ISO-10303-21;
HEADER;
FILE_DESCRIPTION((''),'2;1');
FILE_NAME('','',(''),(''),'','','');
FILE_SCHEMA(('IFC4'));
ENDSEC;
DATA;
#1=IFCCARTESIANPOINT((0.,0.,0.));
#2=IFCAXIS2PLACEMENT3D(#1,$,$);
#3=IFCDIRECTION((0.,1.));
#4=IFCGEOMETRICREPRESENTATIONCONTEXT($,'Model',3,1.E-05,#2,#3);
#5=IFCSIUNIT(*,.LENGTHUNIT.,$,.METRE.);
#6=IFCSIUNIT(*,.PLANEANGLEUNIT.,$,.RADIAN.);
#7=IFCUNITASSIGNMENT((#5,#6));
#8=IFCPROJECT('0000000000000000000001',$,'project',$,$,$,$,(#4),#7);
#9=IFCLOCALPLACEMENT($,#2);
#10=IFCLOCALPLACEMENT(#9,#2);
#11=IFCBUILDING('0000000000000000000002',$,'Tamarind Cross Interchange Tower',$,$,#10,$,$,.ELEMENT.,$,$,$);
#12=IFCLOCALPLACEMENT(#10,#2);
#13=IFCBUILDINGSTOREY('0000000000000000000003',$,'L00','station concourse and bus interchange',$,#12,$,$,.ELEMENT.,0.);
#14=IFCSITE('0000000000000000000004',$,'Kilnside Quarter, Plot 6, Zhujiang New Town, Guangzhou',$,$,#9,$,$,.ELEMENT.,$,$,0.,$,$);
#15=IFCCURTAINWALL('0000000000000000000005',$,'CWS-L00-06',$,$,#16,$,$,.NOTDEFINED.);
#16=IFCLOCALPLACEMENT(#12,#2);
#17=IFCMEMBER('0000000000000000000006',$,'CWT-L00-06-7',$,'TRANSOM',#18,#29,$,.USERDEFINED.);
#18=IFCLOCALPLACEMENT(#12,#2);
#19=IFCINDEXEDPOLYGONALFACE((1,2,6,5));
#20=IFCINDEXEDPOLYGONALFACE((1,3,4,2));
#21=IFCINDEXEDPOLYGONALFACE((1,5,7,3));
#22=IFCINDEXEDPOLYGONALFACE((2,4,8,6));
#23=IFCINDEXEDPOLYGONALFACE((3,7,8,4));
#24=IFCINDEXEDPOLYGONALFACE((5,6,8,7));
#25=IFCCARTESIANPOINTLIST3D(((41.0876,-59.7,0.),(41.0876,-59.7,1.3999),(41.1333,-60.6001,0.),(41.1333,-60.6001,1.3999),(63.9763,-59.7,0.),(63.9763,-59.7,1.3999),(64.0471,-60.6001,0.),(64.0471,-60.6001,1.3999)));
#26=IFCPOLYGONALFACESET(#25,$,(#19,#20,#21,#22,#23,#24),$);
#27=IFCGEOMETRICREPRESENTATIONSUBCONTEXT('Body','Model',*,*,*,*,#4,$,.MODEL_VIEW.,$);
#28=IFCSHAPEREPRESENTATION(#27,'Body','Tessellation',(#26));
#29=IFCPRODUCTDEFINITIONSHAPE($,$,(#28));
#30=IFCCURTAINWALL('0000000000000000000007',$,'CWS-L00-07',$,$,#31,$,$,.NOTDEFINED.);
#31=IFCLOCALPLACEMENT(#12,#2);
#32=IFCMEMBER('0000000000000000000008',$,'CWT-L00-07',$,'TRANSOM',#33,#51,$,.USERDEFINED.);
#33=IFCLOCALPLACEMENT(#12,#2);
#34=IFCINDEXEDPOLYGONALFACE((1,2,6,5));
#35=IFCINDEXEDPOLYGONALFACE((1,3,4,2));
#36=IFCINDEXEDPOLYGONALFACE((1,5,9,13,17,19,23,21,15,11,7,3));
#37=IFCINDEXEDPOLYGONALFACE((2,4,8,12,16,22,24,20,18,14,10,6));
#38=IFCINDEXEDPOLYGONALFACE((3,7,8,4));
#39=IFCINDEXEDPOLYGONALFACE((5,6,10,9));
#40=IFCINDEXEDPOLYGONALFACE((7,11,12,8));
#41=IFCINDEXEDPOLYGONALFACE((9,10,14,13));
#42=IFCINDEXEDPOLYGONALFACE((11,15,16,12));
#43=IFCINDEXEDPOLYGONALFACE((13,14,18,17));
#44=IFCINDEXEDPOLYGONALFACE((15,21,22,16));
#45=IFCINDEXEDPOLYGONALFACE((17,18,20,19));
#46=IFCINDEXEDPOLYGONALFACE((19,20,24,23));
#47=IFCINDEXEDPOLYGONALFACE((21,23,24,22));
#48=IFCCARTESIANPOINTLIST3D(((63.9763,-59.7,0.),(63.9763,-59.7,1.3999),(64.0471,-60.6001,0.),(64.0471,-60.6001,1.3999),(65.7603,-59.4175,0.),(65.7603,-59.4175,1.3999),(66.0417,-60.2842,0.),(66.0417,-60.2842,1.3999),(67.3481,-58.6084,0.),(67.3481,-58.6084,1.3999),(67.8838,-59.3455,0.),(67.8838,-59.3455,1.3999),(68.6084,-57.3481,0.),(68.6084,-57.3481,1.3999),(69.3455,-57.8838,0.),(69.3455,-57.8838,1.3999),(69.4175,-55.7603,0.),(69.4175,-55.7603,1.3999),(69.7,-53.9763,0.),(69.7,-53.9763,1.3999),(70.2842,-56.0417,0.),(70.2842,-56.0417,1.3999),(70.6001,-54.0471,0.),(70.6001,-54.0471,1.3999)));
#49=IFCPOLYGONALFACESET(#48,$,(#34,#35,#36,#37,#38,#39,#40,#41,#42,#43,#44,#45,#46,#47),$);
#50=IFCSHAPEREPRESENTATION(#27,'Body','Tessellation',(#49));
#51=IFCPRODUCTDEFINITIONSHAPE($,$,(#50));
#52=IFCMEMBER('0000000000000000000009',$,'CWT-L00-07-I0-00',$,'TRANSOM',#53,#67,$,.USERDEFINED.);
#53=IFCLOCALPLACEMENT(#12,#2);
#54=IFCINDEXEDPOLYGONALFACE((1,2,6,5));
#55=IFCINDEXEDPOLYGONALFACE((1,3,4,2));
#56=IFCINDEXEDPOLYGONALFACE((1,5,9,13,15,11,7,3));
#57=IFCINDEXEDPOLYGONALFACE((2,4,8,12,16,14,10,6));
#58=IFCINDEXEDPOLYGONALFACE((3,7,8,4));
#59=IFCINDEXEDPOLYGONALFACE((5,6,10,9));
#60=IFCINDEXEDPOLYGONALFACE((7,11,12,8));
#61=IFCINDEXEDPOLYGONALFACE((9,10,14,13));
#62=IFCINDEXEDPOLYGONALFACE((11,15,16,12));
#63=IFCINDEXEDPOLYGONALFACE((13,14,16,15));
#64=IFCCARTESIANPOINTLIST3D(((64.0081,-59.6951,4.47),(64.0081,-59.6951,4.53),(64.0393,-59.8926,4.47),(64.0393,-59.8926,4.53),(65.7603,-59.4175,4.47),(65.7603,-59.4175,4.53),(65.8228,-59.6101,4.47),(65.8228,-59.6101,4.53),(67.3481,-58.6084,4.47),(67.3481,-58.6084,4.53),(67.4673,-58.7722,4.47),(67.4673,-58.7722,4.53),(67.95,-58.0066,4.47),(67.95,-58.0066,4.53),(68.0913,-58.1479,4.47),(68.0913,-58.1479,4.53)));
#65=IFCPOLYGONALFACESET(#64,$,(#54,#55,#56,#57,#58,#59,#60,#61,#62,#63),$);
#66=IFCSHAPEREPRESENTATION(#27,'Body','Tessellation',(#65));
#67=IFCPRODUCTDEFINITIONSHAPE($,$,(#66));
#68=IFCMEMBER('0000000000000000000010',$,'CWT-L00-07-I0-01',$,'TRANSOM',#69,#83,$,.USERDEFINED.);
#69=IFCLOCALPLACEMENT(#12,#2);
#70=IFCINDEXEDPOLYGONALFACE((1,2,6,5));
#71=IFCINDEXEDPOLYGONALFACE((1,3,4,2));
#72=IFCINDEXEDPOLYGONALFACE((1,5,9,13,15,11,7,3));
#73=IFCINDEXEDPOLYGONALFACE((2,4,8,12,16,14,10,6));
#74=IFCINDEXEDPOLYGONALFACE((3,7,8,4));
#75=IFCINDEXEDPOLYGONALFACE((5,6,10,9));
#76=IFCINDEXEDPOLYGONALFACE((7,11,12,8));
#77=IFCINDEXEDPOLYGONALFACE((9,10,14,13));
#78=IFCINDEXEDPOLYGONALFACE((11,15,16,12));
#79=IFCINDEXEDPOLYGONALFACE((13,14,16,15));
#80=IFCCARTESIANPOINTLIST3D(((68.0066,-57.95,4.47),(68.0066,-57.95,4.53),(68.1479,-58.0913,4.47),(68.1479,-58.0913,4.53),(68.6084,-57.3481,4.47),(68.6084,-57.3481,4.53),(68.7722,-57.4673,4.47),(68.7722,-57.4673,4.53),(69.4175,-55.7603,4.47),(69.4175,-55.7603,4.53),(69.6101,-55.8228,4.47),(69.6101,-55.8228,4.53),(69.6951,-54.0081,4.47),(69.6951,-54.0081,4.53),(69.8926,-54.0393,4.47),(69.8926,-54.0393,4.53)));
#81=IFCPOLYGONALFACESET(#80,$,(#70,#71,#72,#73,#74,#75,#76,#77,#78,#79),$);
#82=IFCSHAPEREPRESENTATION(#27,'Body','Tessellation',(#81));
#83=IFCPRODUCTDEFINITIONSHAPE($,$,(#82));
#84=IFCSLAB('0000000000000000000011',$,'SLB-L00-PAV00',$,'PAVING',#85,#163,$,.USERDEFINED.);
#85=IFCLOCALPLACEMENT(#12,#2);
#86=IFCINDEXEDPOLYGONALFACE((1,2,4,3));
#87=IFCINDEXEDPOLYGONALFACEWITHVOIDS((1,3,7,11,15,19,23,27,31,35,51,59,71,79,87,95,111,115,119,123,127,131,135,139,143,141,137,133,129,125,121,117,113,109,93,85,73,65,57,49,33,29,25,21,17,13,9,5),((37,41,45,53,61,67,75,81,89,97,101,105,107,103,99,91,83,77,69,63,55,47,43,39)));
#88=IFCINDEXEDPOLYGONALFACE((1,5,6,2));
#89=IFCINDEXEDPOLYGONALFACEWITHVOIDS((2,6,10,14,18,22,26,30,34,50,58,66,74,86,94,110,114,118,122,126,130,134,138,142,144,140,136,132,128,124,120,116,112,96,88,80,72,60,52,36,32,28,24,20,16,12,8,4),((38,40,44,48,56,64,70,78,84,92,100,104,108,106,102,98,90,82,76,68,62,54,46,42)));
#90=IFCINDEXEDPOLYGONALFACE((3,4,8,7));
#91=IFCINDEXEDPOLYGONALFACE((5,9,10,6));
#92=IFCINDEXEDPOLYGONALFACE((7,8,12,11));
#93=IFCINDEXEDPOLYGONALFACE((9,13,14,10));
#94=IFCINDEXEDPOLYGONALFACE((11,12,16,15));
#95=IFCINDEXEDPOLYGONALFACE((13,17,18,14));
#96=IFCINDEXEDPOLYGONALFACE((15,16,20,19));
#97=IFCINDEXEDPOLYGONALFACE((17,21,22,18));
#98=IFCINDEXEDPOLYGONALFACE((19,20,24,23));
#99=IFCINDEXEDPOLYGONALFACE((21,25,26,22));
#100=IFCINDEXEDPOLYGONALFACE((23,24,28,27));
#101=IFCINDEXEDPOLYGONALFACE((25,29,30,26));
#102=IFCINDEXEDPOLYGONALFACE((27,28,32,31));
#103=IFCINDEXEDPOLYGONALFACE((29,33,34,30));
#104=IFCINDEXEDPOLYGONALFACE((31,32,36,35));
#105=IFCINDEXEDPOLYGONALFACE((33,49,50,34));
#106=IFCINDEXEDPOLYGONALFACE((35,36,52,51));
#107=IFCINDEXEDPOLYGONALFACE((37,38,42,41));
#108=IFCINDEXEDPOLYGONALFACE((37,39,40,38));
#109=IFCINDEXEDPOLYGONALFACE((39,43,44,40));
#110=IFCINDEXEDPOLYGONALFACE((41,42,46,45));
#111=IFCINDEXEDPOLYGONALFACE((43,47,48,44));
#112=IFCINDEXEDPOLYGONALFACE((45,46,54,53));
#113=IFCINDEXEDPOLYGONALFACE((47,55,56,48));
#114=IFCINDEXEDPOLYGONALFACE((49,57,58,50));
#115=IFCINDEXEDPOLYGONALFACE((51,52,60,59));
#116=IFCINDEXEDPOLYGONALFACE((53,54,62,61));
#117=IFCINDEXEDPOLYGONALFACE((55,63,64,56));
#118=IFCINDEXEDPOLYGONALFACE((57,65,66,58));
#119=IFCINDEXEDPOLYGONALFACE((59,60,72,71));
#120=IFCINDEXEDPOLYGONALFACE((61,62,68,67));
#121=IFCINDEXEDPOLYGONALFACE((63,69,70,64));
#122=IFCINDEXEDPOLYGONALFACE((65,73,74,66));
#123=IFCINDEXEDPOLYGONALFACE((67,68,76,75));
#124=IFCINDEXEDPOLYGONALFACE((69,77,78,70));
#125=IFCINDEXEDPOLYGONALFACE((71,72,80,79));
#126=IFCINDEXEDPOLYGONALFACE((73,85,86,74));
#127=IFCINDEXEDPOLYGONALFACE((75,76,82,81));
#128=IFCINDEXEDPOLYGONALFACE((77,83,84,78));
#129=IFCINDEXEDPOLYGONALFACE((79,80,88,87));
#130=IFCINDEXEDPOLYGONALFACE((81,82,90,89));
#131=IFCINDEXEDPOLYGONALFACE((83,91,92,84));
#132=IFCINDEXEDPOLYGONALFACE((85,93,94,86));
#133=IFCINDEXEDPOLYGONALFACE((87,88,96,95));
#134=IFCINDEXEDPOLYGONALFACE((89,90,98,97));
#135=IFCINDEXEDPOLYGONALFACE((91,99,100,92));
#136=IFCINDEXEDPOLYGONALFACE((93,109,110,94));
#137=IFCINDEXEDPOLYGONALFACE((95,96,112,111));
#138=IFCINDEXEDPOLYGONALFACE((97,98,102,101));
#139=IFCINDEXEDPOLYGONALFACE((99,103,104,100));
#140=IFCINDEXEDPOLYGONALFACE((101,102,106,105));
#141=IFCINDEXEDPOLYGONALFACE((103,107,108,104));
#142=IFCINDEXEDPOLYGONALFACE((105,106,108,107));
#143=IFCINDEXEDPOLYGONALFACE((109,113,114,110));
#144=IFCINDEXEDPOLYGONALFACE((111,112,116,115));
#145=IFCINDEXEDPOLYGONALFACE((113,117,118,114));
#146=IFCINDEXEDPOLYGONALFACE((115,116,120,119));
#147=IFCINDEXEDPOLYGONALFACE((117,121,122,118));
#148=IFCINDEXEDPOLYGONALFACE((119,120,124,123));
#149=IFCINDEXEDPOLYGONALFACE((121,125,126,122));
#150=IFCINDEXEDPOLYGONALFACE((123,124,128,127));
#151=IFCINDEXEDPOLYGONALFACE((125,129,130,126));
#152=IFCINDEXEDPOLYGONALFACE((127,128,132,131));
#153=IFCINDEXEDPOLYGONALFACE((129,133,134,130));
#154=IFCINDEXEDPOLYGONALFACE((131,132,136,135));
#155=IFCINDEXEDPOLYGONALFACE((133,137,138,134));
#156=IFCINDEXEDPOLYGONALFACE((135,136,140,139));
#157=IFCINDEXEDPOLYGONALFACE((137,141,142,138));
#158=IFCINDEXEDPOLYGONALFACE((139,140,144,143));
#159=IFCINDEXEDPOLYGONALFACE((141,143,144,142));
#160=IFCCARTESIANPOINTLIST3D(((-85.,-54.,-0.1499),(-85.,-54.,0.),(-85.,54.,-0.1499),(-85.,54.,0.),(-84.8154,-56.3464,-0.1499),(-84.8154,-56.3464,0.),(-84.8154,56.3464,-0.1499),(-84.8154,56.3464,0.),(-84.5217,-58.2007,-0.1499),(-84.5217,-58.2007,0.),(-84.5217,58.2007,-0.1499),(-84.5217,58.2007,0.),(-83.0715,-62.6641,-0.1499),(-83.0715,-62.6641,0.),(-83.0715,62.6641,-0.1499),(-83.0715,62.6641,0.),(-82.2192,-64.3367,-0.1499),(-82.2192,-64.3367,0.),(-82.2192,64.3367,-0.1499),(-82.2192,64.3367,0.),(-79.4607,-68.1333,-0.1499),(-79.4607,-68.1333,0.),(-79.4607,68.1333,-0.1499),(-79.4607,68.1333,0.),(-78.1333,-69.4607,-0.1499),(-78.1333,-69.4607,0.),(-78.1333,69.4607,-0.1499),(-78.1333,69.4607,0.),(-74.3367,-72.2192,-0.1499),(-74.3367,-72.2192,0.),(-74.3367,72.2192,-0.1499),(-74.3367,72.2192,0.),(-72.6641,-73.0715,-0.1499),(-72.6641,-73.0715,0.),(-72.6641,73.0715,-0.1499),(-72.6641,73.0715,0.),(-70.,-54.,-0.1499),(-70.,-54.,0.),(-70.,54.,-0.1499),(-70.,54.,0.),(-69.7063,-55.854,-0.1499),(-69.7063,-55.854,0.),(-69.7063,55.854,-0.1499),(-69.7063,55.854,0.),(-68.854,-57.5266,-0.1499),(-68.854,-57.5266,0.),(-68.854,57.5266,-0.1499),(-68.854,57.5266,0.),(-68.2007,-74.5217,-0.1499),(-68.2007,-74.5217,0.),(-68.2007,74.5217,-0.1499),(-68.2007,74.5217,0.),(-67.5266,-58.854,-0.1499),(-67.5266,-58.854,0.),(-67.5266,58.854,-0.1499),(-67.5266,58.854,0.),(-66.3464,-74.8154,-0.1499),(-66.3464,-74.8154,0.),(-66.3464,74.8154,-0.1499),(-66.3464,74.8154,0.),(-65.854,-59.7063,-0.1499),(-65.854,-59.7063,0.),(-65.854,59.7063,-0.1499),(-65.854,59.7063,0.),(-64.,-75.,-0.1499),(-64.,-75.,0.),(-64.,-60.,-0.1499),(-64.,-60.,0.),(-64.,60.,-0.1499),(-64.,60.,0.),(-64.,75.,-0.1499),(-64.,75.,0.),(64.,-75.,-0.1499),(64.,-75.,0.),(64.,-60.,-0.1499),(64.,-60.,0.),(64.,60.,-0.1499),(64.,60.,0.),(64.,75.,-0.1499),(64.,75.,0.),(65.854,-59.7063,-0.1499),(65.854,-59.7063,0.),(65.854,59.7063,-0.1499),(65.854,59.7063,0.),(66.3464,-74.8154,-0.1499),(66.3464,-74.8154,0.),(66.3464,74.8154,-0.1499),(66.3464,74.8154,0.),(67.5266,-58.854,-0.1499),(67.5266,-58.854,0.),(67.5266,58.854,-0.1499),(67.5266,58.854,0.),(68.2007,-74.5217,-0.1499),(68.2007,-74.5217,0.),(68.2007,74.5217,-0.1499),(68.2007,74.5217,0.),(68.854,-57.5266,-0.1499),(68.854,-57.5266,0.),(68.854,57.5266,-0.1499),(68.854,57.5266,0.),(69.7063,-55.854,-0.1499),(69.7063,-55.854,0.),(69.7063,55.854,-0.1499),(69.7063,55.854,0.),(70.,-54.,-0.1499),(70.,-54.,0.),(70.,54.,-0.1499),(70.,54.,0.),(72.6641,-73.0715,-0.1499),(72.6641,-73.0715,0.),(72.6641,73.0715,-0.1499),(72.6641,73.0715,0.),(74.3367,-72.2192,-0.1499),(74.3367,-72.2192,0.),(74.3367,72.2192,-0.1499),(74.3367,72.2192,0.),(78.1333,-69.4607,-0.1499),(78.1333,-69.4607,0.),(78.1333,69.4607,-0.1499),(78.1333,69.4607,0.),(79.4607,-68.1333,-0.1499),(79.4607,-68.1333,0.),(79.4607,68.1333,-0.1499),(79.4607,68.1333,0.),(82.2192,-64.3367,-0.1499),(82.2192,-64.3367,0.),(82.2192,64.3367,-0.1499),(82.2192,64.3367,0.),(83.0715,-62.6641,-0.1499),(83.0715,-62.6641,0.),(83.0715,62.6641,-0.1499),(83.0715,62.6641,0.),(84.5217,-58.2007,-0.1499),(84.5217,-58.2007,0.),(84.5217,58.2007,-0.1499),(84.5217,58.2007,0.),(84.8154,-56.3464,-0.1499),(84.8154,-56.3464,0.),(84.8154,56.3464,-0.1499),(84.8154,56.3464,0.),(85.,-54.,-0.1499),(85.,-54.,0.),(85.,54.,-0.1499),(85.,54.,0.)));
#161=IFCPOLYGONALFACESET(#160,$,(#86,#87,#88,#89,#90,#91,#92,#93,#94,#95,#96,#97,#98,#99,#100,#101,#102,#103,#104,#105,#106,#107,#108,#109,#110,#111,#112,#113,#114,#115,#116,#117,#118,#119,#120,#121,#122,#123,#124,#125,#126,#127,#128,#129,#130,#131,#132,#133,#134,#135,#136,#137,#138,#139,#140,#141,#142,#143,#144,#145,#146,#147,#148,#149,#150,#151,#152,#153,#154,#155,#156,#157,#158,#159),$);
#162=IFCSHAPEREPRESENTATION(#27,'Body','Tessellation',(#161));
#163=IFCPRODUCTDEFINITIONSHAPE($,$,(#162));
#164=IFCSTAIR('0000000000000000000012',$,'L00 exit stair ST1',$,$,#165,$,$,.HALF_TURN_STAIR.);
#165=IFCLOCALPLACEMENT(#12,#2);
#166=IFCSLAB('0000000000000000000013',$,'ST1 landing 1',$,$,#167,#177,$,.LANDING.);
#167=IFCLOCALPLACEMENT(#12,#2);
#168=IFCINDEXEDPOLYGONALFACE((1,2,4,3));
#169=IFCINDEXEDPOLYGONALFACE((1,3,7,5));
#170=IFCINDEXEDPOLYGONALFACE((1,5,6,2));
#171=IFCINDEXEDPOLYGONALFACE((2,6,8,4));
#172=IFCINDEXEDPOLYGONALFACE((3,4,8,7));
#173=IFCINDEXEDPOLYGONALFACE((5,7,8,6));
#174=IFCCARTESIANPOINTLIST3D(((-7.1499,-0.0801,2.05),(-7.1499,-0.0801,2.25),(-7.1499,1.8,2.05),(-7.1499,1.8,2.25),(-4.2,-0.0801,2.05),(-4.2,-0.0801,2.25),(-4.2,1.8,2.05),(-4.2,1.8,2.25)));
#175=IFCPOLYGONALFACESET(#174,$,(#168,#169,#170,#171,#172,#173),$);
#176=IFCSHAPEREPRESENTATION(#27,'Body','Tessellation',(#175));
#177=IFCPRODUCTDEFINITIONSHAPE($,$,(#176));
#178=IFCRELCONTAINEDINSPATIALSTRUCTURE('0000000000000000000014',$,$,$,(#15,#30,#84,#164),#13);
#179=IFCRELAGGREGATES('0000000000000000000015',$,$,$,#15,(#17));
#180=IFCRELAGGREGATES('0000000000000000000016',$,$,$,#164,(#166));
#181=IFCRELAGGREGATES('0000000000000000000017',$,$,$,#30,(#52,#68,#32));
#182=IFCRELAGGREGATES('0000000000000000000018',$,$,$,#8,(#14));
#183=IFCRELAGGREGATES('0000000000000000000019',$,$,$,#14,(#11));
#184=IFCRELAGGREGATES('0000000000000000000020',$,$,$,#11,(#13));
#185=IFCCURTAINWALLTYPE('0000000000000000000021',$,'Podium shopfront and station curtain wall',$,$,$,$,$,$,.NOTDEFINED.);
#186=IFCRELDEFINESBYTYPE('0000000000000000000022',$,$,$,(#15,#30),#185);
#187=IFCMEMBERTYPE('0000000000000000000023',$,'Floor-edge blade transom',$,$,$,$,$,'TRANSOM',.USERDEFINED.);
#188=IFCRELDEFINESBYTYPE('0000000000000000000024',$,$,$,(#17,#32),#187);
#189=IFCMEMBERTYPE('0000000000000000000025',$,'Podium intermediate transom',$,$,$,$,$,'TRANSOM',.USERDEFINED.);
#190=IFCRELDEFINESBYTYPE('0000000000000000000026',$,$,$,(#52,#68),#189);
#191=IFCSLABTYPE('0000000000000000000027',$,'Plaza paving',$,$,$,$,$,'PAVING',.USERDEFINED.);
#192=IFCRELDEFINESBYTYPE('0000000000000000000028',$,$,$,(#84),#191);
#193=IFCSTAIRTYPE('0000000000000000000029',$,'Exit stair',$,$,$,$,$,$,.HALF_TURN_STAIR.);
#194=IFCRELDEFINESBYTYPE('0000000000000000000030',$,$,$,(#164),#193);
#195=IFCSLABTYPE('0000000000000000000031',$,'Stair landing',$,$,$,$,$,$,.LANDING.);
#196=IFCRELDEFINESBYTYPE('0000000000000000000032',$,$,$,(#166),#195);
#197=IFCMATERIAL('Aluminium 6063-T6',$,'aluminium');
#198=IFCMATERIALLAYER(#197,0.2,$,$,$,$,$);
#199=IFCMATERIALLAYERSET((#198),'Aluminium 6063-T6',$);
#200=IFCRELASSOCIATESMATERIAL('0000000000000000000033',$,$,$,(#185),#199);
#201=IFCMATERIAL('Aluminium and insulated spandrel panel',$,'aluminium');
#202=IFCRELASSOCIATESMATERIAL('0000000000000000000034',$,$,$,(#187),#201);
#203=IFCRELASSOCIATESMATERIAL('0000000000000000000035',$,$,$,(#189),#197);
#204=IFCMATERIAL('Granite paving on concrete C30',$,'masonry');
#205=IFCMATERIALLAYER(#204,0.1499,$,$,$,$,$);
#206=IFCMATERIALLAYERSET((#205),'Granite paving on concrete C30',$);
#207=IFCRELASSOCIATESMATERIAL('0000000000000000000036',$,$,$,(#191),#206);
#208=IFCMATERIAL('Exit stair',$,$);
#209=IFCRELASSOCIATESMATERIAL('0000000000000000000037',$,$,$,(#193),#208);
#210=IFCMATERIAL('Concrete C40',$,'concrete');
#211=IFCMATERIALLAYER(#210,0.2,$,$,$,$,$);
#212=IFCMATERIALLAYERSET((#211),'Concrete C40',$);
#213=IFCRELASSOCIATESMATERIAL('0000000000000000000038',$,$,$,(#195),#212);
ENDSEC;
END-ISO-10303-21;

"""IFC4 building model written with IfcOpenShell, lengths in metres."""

from ifc_helpers import new_model, si_unit, direction, frame, origin, place, context, subcontext, project, spatial, polyline, outline, extrude, material, layer, layer_set, type_object, element, aggregate, save


model = new_model("IFC4")

# Units and contexts
model_context = context("Model", 3, precision=1e-05, world=origin(), true_north=direction((0.0, 1.0)))
body_context = subcontext(model_context, "Body", "Model", "MODEL_VIEW")
ifc_project = project(units=[si_unit("LENGTHUNIT", "METRE"), si_unit("PLANEANGLEUNIT", "RADIAN")], contexts=[model_context])

# Site, building, storey
site_placement = place(None, origin())
site = spatial("IfcSite", under=ifc_project, at=site_placement, Name="Kilnside Quarter, Plot 6, Zhujiang New Town, Guangzhou", CompositionType="ELEMENT", RefElevation=0.0)
building_placement = place(site_placement, origin())
building = spatial("IfcBuilding", under=site, at=building_placement, Name="Tamarind Cross Interchange Tower", CompositionType="ELEMENT")
storey_placement = place(building_placement, origin())
storey = spatial("IfcBuildingStorey", under=building, at=storey_placement, Name="L00", Description="station concourse and bus interchange", CompositionType="ELEMENT", Elevation=0.0)

# Curtain wall, member
ifc_material_1 = material(Name="Aluminium 6063-T6", Category="aluminium")
ifc_layer_1 = layer(ifc_material_1, 0.2)
ifc_layer_set_1 = layer_set([ifc_layer_1], Name="Aluminium 6063-T6")
curtain_wall_type = type_object("IfcCurtainWallType", Name="Podium shopfront and station curtain wall", PredefinedType="NOTDEFINED", material=ifc_layer_set_1)
curtain_wall_1_placement = place(storey_placement, origin())
curtain_wall_1 = element("IfcCurtainWall", 1, at=curtain_wall_1_placement, inside=storey, type_object=curtain_wall_type, Name="CWS-L00-06", PredefinedType="NOTDEFINED")
ifc_material_2 = material(Name="Aluminium and insulated spandrel panel", Category="aluminium")
member_type_1 = type_object("IfcMemberType", Name="Floor-edge blade transom", ElementType="TRANSOM", PredefinedType="USERDEFINED", material=ifc_material_2)
member_1_placement = place(storey_placement, origin())
member_1 = element("IfcMember", 2, at=member_1_placement, type_object=member_type_1, Name="CWT-L00-06-7", ObjectType="TRANSOM", PredefinedType="USERDEFINED", context=body_context, shape_type="SweptSolid", body=[
    extrude(outline(polyline([(41.0876, -59.7), (63.9763, -59.7), (64.0471, -60.6001), (41.1333, -60.6001), (41.0876, -59.7)])), origin(), (0.0, 0.0, 1.0), 1.3999),
])
aggregate(curtain_wall_1, [member_1])

# Curtain wall, members
curtain_wall_2_placement = place(storey_placement, origin())
curtain_wall_2 = element("IfcCurtainWall", 3, at=curtain_wall_2_placement, inside=storey, type_object=curtain_wall_type, Name="CWS-L00-07", PredefinedType="NOTDEFINED")
member_2_placement = place(storey_placement, origin())
member_2 = element("IfcMember", 4, at=member_2_placement, type_object=member_type_1, Name="CWT-L00-07", ObjectType="TRANSOM", PredefinedType="USERDEFINED", context=body_context, shape_type="SweptSolid", body=[
    extrude(outline(polyline([(63.9763, -59.7), (65.7603, -59.4175), (67.3481, -58.6084), (68.6084, -57.3481), (69.4175, -55.7603), (69.7, -53.9763), (70.6001, -54.0471), (70.2842, -56.0417), (69.3455, -57.8838), (67.8838, -59.3455), (66.0417, -60.2842), (64.0471, -60.6001), (63.9763, -59.7)])), origin(), (0.0, 0.0, 1.0), 1.3999),
])
member_type_2 = type_object("IfcMemberType", Name="Podium intermediate transom", ElementType="TRANSOM", PredefinedType="USERDEFINED", material=ifc_material_1)
member_3_placement = place(storey_placement, frame((0.0, 0.0, 4.47)))
member_3 = element("IfcMember", 5, at=member_3_placement, type_object=member_type_2, Name="CWT-L00-07-I0-00", ObjectType="TRANSOM", PredefinedType="USERDEFINED", context=body_context, shape_type="SweptSolid", body=[
    extrude(outline(polyline([(64.0081, -59.6951), (65.7603, -59.4175), (67.3481, -58.6084), (67.95, -58.0066), (68.0913, -58.1479), (67.4673, -58.7722), (65.8228, -59.6101), (64.0393, -59.8926), (64.0081, -59.6951)])), origin(), (0.0, 0.0, 1.0), 0.0601),
])
member_4_placement = place(storey_placement, frame((0.0, 0.0, 4.47)))
member_4 = element("IfcMember", 6, at=member_4_placement, type_object=member_type_2, Name="CWT-L00-07-I0-01", ObjectType="TRANSOM", PredefinedType="USERDEFINED", context=body_context, shape_type="SweptSolid", body=[
    extrude(outline(polyline([(68.0066, -57.95), (68.6084, -57.3481), (69.4175, -55.7603), (69.6951, -54.0081), (69.8926, -54.0393), (69.6101, -55.8228), (68.7722, -57.4673), (68.1479, -58.0913), (68.0066, -57.95)])), origin(), (0.0, 0.0, 1.0), 0.0601),
])

# Slab
ifc_material_3 = material(Name="Granite paving on concrete C30", Category="masonry")
ifc_layer_2 = layer(ifc_material_3, 0.1499)
ifc_layer_set_2 = layer_set([ifc_layer_2], Name="Granite paving on concrete C30")
slab_type_1 = type_object("IfcSlabType", Name="Plaza paving", ElementType="PAVING", PredefinedType="USERDEFINED", material=ifc_layer_set_2)
slab_1_placement = place(storey_placement, frame((0.0, 0.0, -0.1499)))
element("IfcSlab", 7, at=slab_1_placement, inside=storey, type_object=slab_type_1, Name="SLB-L00-PAV00", ObjectType="PAVING", PredefinedType="USERDEFINED", context=body_context, shape_type="SweptSolid", body=[
    extrude(outline(polyline([(66.3464, -74.8154), (64.0, -75.0), (-64.0, -75.0), (-66.3464, -74.8154), (-68.2007, -74.5217), (-72.6641, -73.0715), (-74.3367, -72.2192), (-78.1333, -69.4607), (-79.4607, -68.1333), (-82.2192, -64.3367), (-83.0715, -62.6641), (-84.5217, -58.2007), (-84.8154, -56.3464), (-85.0, -54.0), (-85.0, 54.0), (-84.8154, 56.3464), (-84.5217, 58.2007), (-83.0715, 62.6641), (-82.2192, 64.3367), (-79.4607, 68.1333), (-78.1333, 69.4607), (-74.3367, 72.2192), (-72.6641, 73.0715), (-68.2007, 74.5217), (-66.3464, 74.8154), (-64.0, 75.0), (64.0, 75.0), (66.3464, 74.8154), (68.2007, 74.5217), (72.6641, 73.0715), (74.3367, 72.2192), (78.1333, 69.4607), (79.4607, 68.1333), (82.2192, 64.3367), (83.0715, 62.6641), (84.5217, 58.2007), (84.8154, 56.3464), (85.0, 54.0), (85.0, -54.0), (84.8154, -56.3464), (84.5217, -58.2007), (83.0715, -62.6641), (82.2192, -64.3367), (79.4607, -68.1333), (78.1333, -69.4607), (74.3367, -72.2192), (72.6641, -73.0715), (68.2007, -74.5217), (66.3464, -74.8154)]), holes=[polyline([(64.0, -60.0), (-64.0, -60.0), (-65.854, -59.7063), (-67.5266, -58.854), (-68.854, -57.5266), (-69.7063, -55.854), (-70.0, -54.0), (-70.0, 54.0), (-69.7063, 55.854), (-68.854, 57.5266), (-67.5266, 58.854), (-65.854, 59.7063), (-64.0, 60.0), (64.0, 60.0), (65.854, 59.7063), (67.5266, 58.854), (68.854, 57.5266), (69.7063, 55.854), (70.0, 54.0), (70.0, -54.0), (69.7063, -55.854), (68.854, -57.5266), (67.5266, -58.854), (65.854, -59.7063), (64.0, -60.0)])]), origin(), (0.0, 0.0, 1.0), 0.1499),
])

# Stair, slab
ifc_material_4 = material(Name="Exit stair")
stair_type = type_object("IfcStairType", Name="Exit stair", PredefinedType="HALF_TURN_STAIR", material=ifc_material_4)
stair_1_placement = place(storey_placement, origin())
stair_1 = element("IfcStair", 8, at=stair_1_placement, inside=storey, type_object=stair_type, Name="L00 exit stair ST1", PredefinedType="HALF_TURN_STAIR")
ifc_material_5 = material(Name="Concrete C40", Category="concrete")
ifc_layer_3 = layer(ifc_material_5, 0.2)
ifc_layer_set_3 = layer_set([ifc_layer_3], Name="Concrete C40")
slab_type_2 = type_object("IfcSlabType", Name="Stair landing", PredefinedType="LANDING", material=ifc_layer_set_3)
slab_2_placement = place(storey_placement, frame((0.0, 0.0, 2.05)))
slab_2 = element("IfcSlab", 9, at=slab_2_placement, type_object=slab_type_2, Name="ST1 landing 1", PredefinedType="LANDING", context=body_context, shape_type="SweptSolid", body=[
    extrude(outline(polyline([(-4.2, -0.0801), (-4.2, 1.8), (-7.1499, 1.8), (-7.1499, -0.0801), (-4.2, -0.0801)])), origin(), (0.0, 0.0, 1.0), 0.2),
])
aggregate(stair_1, [slab_2])

aggregate(curtain_wall_2, [member_3, member_4, member_2])

save(model, "model.ifc")
